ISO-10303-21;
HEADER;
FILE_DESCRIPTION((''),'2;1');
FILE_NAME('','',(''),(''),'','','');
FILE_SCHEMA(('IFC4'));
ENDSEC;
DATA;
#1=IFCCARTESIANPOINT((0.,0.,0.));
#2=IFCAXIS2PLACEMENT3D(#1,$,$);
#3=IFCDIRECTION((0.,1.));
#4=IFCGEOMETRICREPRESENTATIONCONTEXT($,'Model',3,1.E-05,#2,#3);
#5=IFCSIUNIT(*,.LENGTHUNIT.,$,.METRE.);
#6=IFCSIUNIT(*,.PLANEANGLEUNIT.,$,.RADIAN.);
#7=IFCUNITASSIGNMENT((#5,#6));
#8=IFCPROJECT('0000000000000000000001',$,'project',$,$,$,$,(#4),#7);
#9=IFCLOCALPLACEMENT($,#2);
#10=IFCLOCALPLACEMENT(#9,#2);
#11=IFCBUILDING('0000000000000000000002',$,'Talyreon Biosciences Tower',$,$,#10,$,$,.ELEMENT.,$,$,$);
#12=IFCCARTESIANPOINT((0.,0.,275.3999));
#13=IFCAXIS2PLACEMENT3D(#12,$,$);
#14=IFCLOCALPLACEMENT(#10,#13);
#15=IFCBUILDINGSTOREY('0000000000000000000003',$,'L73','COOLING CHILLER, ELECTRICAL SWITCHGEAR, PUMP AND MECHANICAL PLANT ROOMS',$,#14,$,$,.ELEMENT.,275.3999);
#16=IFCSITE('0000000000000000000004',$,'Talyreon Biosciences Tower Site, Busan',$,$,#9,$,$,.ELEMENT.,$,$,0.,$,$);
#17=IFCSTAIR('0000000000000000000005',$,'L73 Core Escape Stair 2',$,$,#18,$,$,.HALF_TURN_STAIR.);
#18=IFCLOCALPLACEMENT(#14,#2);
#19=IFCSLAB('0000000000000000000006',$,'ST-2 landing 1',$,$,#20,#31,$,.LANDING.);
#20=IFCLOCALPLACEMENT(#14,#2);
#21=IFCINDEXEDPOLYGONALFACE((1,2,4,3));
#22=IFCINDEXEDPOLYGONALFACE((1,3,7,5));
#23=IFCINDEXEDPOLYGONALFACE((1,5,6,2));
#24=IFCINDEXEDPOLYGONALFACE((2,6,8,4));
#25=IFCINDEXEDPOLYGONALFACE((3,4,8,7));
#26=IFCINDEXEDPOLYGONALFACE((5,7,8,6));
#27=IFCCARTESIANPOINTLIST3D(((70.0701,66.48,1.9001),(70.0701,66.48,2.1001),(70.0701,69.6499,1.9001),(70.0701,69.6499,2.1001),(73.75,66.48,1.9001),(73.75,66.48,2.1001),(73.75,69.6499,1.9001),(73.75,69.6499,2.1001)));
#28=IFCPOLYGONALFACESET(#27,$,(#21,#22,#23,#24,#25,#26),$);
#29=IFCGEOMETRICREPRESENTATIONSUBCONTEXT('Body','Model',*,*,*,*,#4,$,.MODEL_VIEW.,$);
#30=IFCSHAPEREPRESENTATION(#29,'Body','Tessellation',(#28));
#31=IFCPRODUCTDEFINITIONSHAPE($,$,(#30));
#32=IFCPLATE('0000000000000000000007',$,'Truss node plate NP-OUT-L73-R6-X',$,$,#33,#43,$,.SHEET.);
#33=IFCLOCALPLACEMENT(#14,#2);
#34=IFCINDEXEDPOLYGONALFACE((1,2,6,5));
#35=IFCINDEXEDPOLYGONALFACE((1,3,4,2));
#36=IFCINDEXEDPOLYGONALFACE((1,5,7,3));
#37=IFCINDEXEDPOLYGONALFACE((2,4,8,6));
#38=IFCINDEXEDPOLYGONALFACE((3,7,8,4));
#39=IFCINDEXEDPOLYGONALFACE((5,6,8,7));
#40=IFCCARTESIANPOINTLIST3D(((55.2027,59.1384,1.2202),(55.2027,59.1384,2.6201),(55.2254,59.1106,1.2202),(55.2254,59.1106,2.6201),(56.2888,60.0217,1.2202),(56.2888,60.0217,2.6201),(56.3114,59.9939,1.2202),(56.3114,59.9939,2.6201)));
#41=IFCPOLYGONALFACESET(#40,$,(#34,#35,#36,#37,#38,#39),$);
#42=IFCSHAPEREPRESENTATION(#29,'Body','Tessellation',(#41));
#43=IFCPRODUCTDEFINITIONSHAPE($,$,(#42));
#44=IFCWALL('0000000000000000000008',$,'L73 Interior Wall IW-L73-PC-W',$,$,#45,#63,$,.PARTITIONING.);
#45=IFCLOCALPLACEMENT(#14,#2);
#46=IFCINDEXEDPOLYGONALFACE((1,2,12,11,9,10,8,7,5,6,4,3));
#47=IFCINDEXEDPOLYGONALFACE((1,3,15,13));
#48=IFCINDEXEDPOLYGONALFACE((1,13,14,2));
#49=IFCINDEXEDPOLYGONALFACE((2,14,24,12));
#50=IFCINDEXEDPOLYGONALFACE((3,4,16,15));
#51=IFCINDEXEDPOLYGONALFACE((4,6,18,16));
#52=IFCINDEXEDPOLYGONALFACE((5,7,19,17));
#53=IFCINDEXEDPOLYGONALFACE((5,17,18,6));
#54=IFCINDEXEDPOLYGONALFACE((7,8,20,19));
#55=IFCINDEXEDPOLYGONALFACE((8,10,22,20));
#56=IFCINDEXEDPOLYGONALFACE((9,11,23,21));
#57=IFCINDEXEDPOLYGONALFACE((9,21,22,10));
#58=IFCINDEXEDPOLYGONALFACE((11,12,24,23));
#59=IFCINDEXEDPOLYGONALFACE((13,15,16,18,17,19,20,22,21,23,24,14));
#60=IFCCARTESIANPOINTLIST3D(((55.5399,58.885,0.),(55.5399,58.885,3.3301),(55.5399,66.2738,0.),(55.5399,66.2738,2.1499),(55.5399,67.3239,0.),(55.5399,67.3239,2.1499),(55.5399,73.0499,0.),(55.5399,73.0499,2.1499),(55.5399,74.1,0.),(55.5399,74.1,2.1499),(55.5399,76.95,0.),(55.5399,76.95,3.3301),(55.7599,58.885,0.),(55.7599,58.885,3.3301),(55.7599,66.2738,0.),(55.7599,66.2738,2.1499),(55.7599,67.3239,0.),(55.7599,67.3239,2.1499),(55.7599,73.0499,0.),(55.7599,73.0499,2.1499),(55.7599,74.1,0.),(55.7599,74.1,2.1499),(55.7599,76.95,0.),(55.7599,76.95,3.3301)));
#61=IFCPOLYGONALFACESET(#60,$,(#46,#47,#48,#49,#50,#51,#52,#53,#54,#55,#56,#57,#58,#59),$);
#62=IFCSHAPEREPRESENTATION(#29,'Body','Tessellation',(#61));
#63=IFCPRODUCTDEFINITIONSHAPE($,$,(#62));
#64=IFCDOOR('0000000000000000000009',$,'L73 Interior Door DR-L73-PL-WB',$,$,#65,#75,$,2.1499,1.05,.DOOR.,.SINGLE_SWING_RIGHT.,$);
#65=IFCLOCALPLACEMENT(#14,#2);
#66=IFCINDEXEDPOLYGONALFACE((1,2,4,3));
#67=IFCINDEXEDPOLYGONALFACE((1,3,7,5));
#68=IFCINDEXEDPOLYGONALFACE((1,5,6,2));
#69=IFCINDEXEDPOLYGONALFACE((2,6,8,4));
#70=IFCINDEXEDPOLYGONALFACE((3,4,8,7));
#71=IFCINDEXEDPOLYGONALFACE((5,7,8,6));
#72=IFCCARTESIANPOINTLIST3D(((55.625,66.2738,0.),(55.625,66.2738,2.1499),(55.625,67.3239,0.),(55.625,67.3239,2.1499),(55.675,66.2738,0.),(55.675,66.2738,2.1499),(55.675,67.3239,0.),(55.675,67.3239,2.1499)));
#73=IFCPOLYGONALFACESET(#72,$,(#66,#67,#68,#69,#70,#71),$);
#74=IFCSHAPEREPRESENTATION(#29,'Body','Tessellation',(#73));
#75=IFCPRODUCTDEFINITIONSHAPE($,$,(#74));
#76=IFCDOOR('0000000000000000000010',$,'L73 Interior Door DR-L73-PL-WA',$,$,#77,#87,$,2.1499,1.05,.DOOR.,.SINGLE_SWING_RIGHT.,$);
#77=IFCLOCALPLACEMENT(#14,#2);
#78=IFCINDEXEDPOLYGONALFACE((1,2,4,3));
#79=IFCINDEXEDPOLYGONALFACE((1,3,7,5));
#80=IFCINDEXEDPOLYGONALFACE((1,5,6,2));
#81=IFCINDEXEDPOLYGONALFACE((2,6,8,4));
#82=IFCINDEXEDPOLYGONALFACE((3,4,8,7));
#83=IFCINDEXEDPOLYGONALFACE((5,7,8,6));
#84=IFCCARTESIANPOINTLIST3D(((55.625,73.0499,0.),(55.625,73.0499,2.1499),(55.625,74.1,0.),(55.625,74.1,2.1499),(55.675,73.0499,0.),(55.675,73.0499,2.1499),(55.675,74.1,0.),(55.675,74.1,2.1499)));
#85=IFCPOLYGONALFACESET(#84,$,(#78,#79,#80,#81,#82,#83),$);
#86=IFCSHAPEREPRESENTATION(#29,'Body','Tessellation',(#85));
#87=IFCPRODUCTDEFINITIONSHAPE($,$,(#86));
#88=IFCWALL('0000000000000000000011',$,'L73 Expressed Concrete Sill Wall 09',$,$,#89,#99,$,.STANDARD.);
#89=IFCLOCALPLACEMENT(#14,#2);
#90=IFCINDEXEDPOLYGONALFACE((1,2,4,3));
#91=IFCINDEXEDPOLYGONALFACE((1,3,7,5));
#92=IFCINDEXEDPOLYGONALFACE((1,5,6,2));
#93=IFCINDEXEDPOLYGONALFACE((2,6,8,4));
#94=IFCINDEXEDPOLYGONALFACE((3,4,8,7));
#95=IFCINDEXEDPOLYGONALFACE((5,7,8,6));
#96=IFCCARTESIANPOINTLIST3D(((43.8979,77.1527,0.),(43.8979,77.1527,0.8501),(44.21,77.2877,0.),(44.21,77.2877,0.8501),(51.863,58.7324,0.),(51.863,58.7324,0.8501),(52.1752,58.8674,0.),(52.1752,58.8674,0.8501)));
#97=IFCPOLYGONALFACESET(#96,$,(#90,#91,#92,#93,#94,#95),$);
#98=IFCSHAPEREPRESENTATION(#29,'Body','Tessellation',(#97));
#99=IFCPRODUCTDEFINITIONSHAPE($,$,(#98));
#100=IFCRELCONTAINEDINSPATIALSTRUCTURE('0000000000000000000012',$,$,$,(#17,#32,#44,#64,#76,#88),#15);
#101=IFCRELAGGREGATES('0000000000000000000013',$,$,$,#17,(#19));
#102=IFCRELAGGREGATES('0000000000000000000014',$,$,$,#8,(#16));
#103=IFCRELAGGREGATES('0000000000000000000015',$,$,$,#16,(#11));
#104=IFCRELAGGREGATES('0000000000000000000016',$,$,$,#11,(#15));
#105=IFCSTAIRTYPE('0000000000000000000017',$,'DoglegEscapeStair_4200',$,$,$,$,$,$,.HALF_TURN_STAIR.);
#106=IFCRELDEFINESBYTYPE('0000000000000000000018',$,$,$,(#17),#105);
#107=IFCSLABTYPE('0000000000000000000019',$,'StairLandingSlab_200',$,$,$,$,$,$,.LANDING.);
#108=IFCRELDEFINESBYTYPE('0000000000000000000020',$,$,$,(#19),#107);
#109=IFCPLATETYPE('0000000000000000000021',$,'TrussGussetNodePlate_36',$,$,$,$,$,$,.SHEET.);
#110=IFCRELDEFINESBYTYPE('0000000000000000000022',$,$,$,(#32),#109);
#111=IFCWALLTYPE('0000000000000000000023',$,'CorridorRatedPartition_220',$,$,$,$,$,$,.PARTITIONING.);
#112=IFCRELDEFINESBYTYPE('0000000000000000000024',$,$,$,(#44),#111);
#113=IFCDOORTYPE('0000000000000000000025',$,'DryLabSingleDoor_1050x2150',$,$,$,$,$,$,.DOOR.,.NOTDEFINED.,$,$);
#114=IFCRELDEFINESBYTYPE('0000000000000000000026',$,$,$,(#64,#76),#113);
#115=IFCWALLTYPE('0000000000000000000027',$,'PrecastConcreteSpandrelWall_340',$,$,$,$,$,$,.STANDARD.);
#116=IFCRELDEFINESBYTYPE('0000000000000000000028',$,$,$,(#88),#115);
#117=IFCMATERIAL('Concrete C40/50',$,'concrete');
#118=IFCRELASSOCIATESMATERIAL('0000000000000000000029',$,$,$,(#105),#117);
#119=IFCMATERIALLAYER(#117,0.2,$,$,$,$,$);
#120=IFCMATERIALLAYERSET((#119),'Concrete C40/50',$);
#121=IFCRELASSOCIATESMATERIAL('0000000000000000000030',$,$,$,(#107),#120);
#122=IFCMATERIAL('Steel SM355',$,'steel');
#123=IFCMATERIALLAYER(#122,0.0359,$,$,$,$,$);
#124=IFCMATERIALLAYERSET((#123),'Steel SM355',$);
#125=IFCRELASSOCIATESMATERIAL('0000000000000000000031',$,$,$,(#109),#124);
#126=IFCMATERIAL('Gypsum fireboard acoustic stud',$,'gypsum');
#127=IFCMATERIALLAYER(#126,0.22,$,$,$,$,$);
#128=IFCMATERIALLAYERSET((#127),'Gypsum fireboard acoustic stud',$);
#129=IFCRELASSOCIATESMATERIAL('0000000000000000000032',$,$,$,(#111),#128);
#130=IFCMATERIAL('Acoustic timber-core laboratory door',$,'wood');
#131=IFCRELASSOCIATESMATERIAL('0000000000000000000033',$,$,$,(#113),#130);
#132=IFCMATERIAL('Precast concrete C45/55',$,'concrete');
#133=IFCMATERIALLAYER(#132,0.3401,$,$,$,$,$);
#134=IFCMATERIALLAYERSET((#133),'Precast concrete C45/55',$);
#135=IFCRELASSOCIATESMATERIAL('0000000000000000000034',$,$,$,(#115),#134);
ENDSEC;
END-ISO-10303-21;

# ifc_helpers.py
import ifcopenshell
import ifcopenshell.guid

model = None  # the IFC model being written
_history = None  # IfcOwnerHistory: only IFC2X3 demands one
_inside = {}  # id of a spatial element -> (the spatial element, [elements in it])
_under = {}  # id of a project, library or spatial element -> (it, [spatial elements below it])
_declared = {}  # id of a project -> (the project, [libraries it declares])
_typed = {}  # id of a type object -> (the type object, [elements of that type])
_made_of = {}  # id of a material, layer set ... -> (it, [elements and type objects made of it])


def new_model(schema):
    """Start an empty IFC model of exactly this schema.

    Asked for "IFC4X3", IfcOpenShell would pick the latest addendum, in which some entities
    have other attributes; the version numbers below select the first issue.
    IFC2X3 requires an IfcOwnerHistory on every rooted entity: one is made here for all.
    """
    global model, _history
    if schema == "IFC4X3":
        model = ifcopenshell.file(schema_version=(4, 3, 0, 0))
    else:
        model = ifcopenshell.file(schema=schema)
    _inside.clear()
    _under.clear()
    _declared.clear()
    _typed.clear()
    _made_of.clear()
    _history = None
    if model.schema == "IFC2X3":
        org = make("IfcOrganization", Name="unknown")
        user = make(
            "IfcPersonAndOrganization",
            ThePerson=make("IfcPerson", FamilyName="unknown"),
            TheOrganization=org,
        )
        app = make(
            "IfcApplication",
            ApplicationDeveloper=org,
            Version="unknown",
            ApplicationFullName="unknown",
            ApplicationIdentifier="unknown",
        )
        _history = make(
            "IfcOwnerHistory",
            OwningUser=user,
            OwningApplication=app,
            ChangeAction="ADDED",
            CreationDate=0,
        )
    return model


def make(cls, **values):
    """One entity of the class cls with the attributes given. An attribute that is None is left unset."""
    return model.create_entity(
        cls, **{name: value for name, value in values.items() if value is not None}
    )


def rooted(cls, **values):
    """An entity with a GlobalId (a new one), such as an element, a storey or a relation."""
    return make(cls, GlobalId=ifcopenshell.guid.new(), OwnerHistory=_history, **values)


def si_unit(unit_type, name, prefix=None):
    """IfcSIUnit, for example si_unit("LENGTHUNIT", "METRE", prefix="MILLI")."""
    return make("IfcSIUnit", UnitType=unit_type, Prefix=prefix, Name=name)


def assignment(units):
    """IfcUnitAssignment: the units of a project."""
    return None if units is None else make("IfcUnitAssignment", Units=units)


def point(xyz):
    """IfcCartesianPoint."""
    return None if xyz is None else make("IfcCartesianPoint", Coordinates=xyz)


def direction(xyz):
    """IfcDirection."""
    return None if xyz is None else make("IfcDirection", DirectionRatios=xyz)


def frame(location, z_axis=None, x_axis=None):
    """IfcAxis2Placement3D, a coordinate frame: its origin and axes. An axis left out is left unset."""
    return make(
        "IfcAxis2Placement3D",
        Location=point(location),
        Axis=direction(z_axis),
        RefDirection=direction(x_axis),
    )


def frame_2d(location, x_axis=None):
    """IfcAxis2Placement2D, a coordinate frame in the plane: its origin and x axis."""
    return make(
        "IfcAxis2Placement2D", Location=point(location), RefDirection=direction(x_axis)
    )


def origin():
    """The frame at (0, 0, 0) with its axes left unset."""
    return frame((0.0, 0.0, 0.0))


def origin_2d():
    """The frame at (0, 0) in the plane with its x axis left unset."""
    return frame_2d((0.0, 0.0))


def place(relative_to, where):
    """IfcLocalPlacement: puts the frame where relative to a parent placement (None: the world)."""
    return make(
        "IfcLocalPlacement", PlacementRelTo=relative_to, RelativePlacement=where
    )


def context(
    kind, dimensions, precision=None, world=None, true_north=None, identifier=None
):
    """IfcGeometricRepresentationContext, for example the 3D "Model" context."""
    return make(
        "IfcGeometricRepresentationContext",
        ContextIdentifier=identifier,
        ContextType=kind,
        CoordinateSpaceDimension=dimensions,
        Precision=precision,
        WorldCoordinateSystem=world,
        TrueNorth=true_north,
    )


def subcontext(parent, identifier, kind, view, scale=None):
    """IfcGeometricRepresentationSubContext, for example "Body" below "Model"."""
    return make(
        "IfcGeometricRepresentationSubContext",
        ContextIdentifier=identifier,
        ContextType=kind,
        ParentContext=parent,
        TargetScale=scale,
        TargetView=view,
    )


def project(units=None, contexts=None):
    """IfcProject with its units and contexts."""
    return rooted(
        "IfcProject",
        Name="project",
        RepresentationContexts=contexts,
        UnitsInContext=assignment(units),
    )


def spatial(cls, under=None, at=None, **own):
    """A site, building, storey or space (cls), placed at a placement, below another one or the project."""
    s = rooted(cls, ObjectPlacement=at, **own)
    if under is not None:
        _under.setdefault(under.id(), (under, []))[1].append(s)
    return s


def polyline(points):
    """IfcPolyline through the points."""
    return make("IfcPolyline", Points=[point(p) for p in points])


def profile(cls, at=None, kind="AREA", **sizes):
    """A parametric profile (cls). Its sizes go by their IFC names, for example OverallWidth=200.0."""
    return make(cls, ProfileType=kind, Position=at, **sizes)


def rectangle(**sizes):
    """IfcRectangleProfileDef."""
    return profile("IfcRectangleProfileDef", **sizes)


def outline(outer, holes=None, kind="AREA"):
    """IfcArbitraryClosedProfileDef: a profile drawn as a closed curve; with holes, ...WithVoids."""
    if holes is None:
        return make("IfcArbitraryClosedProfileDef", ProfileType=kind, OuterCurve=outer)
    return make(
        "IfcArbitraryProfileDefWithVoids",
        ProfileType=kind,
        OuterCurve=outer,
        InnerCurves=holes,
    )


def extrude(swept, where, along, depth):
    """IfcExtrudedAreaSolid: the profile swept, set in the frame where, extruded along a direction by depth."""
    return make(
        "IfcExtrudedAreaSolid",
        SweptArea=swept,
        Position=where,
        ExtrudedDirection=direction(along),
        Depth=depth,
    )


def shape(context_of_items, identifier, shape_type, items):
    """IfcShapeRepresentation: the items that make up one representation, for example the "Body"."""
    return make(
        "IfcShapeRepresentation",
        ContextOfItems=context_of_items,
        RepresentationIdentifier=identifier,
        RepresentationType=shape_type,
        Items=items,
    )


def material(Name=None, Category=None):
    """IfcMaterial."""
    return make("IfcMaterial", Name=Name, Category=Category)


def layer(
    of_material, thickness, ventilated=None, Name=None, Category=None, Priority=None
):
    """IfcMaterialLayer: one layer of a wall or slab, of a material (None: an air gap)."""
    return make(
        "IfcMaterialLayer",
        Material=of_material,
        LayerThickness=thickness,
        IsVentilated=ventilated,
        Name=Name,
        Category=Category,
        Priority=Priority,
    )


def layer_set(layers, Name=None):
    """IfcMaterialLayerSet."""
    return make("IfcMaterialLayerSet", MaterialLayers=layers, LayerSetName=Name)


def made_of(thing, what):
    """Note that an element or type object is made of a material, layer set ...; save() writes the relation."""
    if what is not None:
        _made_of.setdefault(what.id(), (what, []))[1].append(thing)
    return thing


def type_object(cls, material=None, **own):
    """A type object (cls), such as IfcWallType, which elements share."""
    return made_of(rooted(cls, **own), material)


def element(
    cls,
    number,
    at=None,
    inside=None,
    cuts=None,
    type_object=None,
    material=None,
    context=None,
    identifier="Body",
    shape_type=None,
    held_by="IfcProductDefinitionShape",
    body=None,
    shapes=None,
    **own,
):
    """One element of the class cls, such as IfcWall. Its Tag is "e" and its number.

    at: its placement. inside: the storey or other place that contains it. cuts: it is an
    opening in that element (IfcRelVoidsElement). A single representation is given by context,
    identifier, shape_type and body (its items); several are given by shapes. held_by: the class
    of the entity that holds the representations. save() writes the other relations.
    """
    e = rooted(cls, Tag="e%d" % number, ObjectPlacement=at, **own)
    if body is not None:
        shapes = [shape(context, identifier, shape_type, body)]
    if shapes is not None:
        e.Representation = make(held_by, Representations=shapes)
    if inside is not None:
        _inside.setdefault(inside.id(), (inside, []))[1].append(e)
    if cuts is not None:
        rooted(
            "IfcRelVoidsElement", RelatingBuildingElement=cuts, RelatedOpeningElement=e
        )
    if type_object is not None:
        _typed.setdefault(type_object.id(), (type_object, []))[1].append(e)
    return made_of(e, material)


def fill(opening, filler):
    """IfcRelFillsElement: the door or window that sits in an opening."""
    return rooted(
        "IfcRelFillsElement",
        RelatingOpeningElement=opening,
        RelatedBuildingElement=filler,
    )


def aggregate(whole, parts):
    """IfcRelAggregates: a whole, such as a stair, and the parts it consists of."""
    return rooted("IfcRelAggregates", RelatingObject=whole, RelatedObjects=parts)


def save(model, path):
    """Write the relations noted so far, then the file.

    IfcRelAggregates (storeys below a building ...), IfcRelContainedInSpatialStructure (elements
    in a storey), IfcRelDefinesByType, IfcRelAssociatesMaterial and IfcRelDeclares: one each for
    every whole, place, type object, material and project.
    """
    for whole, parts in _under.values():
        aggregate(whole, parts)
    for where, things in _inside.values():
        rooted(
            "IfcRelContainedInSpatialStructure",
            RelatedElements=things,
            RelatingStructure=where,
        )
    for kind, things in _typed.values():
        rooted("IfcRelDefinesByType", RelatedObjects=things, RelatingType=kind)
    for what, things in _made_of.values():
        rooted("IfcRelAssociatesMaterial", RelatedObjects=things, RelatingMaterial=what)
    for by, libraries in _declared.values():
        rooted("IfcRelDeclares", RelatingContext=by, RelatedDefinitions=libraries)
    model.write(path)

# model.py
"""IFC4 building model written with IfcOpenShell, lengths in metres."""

from ifc_helpers import new_model, si_unit, direction, frame, frame_2d, origin, origin_2d, place, context, subcontext, project, spatial, polyline, rectangle, outline, extrude, material, layer, layer_set, type_object, element, fill, aggregate, save


model = new_model("IFC4")

# Units and contexts
model_context = context("Model", 3, precision=1e-05, world=origin(), true_north=direction((0.0, 1.0)))
body_context = subcontext(model_context, "Body", "Model", "MODEL_VIEW")
ifc_project = project(units=[si_unit("LENGTHUNIT", "METRE"), si_unit("PLANEANGLEUNIT", "RADIAN")], contexts=[model_context])

# Site, building, storey
site_placement = place(None, origin())
site = spatial("IfcSite", under=ifc_project, at=site_placement, Name="Talyreon Biosciences Tower Site, Busan", CompositionType="ELEMENT", RefElevation=0.0)
building_placement = place(site_placement, origin())
building = spatial("IfcBuilding", under=site, at=building_placement, Name="Talyreon Biosciences Tower", CompositionType="ELEMENT")
storey_placement = place(building_placement, frame((0.0, 0.0, 275.3999)))
storey = spatial("IfcBuildingStorey", under=building, at=storey_placement, Name="L73", Description="COOLING CHILLER, ELECTRICAL SWITCHGEAR, PUMP AND MECHANICAL PLANT ROOMS", CompositionType="ELEMENT", Elevation=275.3999)

# Shared definitions
ifc_material_1 = material(Name="Steel SM355", Category="steel")

# Shared definitions
ifc_material_2 = material(Name="Concrete C40/50", Category="concrete")

# Stair, slab
stair_type = type_object("IfcStairType", Name="DoglegEscapeStair_4200", PredefinedType="HALF_TURN_STAIR", material=ifc_material_2)
ifc_layer_1 = layer(ifc_material_2, 0.2)
ifc_layer_set_1 = layer_set([ifc_layer_1], Name="Concrete C40/50")
slab_type_1 = type_object("IfcSlabType", Name="StairLandingSlab_200", PredefinedType="LANDING", material=ifc_layer_set_1)
stair_1_placement = place(storey_placement, origin())
stair_1 = element("IfcStair", 1, at=stair_1_placement, inside=storey, type_object=stair_type, Name="L73 Core Escape Stair 2", PredefinedType="HALF_TURN_STAIR")
slab_1_placement = place(storey_placement, frame((0.0, 0.0, 1.9001)))
slab_1 = element("IfcSlab", 2, at=slab_1_placement, type_object=slab_type_1, Name="ST-2 landing 1", PredefinedType="LANDING", context=body_context, shape_type="SweptSolid", body=[
    extrude(outline(polyline([(73.75, 66.48), (73.75, 69.6499), (70.0701, 69.6499), (70.0701, 66.48), (73.75, 66.48)])), origin(), (0.0, 0.0, 1.0), 0.2),
])
aggregate(stair_1, [slab_1])

# Plate
ifc_layer_2 = layer(ifc_material_1, 0.0359)
ifc_layer_set_2 = layer_set([ifc_layer_2], Name="Steel SM355")
plate_type_1 = type_object("IfcPlateType", Name="TrussGussetNodePlate_36", PredefinedType="SHEET", material=ifc_layer_set_2)
plate_placement = place(storey_placement, frame((55.7571, 59.5662, 1.2202), z_axis=(0.0, 0.0, 1.0), x_axis=(-0.775793, -0.630987, 0.0)))
element("IfcPlate", 3, at=plate_placement, inside=storey, type_object=plate_type_1, Name="Truss node plate NP-OUT-L73-R6-X", PredefinedType="SHEET", context=body_context, shape_type="SweptSolid", body=[
    extrude(rectangle(XDim=1.3999, YDim=0.0359, at=origin_2d()), origin(), (0.0, 0.0, 1.0), 1.3999),
])

# Wall, openings, doors
ifc_material_3 = material(Name="Gypsum fireboard acoustic stud", Category="gypsum")
ifc_layer_3 = layer(ifc_material_3, 0.22)
ifc_layer_set_3 = layer_set([ifc_layer_3], Name="Gypsum fireboard acoustic stud")
wall_type_1 = type_object("IfcWallType", Name="CorridorRatedPartition_220", PredefinedType="PARTITIONING", material=ifc_layer_set_3)
wall_1_placement = place(storey_placement, frame((55.6499, 58.885, 0.0), z_axis=(0.0, 0.0, 1.0), x_axis=(0.0, 1.0, 0.0)))
wall_1 = element("IfcWall", 4, at=wall_1_placement, inside=storey, type_object=wall_type_1, Name="L73 Interior Wall IW-L73-PC-W", PredefinedType="PARTITIONING", context=body_context, shape_type="SweptSolid", body=[
    extrude(rectangle(XDim=18.0649, YDim=0.22, at=frame_2d((9.0325, 0.0))), origin(), (0.0, 0.0, 1.0), 3.3301),
])
opening_1_placement = place(wall_1_placement, frame((7.3889, 0.0, 0.0)))
opening_1 = element("IfcOpeningElement", 5, at=opening_1_placement, cuts=wall_1, PredefinedType="OPENING", context=body_context, shape_type="SweptSolid", body=[
    extrude(rectangle(XDim=1.05, YDim=2.1499, at=frame_2d((0.5249, 1.075))), frame((0.0, 0.1199, 0.0), z_axis=(0.0, -1.0, 0.0), x_axis=(1.0, 0.0, 0.0)), (0.0, 0.0, 1.0), 0.24),
])
opening_2_placement = place(wall_1_placement, frame((14.165, 0.0, 0.0)))
opening_2 = element("IfcOpeningElement", 6, at=opening_2_placement, cuts=wall_1, PredefinedType="OPENING", context=body_context, shape_type="SweptSolid", body=[
    extrude(rectangle(XDim=1.05, YDim=2.1499, at=frame_2d((0.5249, 1.075))), frame((0.0, 0.1199, 0.0), z_axis=(0.0, -1.0, 0.0), x_axis=(1.0, 0.0, 0.0)), (0.0, 0.0, 1.0), 0.24),
])
ifc_material_4 = material(Name="Acoustic timber-core laboratory door", Category="wood")
door_type = type_object("IfcDoorType", Name="DryLabSingleDoor_1050x2150", OperationType="NOTDEFINED", PredefinedType="DOOR", material=ifc_material_4)
door_1_placement = place(opening_1_placement, origin())
door_1 = element("IfcDoor", 7, at=door_1_placement, inside=storey, type_object=door_type, Name="L73 Interior Door DR-L73-PL-WB", OperationType="SINGLE_SWING_RIGHT", OverallHeight=2.1499, OverallWidth=1.05, PredefinedType="DOOR", context=body_context, shape_type="SweptSolid", body=[
    extrude(rectangle(XDim=1.05, YDim=2.1499, at=frame_2d((0.5249, 1.075))), frame((0.0, 0.0249, 0.0), z_axis=(0.0, -1.0, 0.0), x_axis=(1.0, 0.0, 0.0)), (0.0, 0.0, 1.0), 0.05),
])
fill(opening_1, door_1)
door_2_placement = place(opening_2_placement, origin())
door_2 = element("IfcDoor", 8, at=door_2_placement, inside=storey, type_object=door_type, Name="L73 Interior Door DR-L73-PL-WA", OperationType="SINGLE_SWING_RIGHT", OverallHeight=2.1499, OverallWidth=1.05, PredefinedType="DOOR", context=body_context, shape_type="SweptSolid", body=[
    extrude(rectangle(XDim=1.05, YDim=2.1499, at=frame_2d((0.5249, 1.075))), frame((0.0, 0.0249, 0.0), z_axis=(0.0, -1.0, 0.0), x_axis=(1.0, 0.0, 0.0)), (0.0, 0.0, 1.0), 0.05),
])
fill(opening_2, door_2)

# Wall
ifc_material_5 = material(Name="Precast concrete C45/55", Category="concrete")
ifc_layer_4 = layer(ifc_material_5, 0.3401)
ifc_layer_set_4 = layer_set([ifc_layer_4], Name="Precast concrete C45/55")
wall_type_2 = type_object("IfcWallType", Name="PrecastConcreteSpandrelWall_340", PredefinedType="STANDARD", material=ifc_layer_set_4)
wall_2_placement = place(storey_placement, frame((52.019, 58.8, 0.0), z_axis=(0.0, 0.0, 1.0), x_axis=(-0.396895, 0.917864, 0.0)))
element("IfcWall", 9, at=wall_2_placement, inside=storey, type_object=wall_type_2, Name="L73 Expressed Concrete Sill Wall 09", PredefinedType="STANDARD", context=body_context, shape_type="SweptSolid", body=[
    extrude(rectangle(XDim=20.0686, YDim=0.3401, at=frame_2d((10.0342, 0.0))), origin(), (0.0, 0.0, 1.0), 0.8501),
])

save(model, "model.ifc")
